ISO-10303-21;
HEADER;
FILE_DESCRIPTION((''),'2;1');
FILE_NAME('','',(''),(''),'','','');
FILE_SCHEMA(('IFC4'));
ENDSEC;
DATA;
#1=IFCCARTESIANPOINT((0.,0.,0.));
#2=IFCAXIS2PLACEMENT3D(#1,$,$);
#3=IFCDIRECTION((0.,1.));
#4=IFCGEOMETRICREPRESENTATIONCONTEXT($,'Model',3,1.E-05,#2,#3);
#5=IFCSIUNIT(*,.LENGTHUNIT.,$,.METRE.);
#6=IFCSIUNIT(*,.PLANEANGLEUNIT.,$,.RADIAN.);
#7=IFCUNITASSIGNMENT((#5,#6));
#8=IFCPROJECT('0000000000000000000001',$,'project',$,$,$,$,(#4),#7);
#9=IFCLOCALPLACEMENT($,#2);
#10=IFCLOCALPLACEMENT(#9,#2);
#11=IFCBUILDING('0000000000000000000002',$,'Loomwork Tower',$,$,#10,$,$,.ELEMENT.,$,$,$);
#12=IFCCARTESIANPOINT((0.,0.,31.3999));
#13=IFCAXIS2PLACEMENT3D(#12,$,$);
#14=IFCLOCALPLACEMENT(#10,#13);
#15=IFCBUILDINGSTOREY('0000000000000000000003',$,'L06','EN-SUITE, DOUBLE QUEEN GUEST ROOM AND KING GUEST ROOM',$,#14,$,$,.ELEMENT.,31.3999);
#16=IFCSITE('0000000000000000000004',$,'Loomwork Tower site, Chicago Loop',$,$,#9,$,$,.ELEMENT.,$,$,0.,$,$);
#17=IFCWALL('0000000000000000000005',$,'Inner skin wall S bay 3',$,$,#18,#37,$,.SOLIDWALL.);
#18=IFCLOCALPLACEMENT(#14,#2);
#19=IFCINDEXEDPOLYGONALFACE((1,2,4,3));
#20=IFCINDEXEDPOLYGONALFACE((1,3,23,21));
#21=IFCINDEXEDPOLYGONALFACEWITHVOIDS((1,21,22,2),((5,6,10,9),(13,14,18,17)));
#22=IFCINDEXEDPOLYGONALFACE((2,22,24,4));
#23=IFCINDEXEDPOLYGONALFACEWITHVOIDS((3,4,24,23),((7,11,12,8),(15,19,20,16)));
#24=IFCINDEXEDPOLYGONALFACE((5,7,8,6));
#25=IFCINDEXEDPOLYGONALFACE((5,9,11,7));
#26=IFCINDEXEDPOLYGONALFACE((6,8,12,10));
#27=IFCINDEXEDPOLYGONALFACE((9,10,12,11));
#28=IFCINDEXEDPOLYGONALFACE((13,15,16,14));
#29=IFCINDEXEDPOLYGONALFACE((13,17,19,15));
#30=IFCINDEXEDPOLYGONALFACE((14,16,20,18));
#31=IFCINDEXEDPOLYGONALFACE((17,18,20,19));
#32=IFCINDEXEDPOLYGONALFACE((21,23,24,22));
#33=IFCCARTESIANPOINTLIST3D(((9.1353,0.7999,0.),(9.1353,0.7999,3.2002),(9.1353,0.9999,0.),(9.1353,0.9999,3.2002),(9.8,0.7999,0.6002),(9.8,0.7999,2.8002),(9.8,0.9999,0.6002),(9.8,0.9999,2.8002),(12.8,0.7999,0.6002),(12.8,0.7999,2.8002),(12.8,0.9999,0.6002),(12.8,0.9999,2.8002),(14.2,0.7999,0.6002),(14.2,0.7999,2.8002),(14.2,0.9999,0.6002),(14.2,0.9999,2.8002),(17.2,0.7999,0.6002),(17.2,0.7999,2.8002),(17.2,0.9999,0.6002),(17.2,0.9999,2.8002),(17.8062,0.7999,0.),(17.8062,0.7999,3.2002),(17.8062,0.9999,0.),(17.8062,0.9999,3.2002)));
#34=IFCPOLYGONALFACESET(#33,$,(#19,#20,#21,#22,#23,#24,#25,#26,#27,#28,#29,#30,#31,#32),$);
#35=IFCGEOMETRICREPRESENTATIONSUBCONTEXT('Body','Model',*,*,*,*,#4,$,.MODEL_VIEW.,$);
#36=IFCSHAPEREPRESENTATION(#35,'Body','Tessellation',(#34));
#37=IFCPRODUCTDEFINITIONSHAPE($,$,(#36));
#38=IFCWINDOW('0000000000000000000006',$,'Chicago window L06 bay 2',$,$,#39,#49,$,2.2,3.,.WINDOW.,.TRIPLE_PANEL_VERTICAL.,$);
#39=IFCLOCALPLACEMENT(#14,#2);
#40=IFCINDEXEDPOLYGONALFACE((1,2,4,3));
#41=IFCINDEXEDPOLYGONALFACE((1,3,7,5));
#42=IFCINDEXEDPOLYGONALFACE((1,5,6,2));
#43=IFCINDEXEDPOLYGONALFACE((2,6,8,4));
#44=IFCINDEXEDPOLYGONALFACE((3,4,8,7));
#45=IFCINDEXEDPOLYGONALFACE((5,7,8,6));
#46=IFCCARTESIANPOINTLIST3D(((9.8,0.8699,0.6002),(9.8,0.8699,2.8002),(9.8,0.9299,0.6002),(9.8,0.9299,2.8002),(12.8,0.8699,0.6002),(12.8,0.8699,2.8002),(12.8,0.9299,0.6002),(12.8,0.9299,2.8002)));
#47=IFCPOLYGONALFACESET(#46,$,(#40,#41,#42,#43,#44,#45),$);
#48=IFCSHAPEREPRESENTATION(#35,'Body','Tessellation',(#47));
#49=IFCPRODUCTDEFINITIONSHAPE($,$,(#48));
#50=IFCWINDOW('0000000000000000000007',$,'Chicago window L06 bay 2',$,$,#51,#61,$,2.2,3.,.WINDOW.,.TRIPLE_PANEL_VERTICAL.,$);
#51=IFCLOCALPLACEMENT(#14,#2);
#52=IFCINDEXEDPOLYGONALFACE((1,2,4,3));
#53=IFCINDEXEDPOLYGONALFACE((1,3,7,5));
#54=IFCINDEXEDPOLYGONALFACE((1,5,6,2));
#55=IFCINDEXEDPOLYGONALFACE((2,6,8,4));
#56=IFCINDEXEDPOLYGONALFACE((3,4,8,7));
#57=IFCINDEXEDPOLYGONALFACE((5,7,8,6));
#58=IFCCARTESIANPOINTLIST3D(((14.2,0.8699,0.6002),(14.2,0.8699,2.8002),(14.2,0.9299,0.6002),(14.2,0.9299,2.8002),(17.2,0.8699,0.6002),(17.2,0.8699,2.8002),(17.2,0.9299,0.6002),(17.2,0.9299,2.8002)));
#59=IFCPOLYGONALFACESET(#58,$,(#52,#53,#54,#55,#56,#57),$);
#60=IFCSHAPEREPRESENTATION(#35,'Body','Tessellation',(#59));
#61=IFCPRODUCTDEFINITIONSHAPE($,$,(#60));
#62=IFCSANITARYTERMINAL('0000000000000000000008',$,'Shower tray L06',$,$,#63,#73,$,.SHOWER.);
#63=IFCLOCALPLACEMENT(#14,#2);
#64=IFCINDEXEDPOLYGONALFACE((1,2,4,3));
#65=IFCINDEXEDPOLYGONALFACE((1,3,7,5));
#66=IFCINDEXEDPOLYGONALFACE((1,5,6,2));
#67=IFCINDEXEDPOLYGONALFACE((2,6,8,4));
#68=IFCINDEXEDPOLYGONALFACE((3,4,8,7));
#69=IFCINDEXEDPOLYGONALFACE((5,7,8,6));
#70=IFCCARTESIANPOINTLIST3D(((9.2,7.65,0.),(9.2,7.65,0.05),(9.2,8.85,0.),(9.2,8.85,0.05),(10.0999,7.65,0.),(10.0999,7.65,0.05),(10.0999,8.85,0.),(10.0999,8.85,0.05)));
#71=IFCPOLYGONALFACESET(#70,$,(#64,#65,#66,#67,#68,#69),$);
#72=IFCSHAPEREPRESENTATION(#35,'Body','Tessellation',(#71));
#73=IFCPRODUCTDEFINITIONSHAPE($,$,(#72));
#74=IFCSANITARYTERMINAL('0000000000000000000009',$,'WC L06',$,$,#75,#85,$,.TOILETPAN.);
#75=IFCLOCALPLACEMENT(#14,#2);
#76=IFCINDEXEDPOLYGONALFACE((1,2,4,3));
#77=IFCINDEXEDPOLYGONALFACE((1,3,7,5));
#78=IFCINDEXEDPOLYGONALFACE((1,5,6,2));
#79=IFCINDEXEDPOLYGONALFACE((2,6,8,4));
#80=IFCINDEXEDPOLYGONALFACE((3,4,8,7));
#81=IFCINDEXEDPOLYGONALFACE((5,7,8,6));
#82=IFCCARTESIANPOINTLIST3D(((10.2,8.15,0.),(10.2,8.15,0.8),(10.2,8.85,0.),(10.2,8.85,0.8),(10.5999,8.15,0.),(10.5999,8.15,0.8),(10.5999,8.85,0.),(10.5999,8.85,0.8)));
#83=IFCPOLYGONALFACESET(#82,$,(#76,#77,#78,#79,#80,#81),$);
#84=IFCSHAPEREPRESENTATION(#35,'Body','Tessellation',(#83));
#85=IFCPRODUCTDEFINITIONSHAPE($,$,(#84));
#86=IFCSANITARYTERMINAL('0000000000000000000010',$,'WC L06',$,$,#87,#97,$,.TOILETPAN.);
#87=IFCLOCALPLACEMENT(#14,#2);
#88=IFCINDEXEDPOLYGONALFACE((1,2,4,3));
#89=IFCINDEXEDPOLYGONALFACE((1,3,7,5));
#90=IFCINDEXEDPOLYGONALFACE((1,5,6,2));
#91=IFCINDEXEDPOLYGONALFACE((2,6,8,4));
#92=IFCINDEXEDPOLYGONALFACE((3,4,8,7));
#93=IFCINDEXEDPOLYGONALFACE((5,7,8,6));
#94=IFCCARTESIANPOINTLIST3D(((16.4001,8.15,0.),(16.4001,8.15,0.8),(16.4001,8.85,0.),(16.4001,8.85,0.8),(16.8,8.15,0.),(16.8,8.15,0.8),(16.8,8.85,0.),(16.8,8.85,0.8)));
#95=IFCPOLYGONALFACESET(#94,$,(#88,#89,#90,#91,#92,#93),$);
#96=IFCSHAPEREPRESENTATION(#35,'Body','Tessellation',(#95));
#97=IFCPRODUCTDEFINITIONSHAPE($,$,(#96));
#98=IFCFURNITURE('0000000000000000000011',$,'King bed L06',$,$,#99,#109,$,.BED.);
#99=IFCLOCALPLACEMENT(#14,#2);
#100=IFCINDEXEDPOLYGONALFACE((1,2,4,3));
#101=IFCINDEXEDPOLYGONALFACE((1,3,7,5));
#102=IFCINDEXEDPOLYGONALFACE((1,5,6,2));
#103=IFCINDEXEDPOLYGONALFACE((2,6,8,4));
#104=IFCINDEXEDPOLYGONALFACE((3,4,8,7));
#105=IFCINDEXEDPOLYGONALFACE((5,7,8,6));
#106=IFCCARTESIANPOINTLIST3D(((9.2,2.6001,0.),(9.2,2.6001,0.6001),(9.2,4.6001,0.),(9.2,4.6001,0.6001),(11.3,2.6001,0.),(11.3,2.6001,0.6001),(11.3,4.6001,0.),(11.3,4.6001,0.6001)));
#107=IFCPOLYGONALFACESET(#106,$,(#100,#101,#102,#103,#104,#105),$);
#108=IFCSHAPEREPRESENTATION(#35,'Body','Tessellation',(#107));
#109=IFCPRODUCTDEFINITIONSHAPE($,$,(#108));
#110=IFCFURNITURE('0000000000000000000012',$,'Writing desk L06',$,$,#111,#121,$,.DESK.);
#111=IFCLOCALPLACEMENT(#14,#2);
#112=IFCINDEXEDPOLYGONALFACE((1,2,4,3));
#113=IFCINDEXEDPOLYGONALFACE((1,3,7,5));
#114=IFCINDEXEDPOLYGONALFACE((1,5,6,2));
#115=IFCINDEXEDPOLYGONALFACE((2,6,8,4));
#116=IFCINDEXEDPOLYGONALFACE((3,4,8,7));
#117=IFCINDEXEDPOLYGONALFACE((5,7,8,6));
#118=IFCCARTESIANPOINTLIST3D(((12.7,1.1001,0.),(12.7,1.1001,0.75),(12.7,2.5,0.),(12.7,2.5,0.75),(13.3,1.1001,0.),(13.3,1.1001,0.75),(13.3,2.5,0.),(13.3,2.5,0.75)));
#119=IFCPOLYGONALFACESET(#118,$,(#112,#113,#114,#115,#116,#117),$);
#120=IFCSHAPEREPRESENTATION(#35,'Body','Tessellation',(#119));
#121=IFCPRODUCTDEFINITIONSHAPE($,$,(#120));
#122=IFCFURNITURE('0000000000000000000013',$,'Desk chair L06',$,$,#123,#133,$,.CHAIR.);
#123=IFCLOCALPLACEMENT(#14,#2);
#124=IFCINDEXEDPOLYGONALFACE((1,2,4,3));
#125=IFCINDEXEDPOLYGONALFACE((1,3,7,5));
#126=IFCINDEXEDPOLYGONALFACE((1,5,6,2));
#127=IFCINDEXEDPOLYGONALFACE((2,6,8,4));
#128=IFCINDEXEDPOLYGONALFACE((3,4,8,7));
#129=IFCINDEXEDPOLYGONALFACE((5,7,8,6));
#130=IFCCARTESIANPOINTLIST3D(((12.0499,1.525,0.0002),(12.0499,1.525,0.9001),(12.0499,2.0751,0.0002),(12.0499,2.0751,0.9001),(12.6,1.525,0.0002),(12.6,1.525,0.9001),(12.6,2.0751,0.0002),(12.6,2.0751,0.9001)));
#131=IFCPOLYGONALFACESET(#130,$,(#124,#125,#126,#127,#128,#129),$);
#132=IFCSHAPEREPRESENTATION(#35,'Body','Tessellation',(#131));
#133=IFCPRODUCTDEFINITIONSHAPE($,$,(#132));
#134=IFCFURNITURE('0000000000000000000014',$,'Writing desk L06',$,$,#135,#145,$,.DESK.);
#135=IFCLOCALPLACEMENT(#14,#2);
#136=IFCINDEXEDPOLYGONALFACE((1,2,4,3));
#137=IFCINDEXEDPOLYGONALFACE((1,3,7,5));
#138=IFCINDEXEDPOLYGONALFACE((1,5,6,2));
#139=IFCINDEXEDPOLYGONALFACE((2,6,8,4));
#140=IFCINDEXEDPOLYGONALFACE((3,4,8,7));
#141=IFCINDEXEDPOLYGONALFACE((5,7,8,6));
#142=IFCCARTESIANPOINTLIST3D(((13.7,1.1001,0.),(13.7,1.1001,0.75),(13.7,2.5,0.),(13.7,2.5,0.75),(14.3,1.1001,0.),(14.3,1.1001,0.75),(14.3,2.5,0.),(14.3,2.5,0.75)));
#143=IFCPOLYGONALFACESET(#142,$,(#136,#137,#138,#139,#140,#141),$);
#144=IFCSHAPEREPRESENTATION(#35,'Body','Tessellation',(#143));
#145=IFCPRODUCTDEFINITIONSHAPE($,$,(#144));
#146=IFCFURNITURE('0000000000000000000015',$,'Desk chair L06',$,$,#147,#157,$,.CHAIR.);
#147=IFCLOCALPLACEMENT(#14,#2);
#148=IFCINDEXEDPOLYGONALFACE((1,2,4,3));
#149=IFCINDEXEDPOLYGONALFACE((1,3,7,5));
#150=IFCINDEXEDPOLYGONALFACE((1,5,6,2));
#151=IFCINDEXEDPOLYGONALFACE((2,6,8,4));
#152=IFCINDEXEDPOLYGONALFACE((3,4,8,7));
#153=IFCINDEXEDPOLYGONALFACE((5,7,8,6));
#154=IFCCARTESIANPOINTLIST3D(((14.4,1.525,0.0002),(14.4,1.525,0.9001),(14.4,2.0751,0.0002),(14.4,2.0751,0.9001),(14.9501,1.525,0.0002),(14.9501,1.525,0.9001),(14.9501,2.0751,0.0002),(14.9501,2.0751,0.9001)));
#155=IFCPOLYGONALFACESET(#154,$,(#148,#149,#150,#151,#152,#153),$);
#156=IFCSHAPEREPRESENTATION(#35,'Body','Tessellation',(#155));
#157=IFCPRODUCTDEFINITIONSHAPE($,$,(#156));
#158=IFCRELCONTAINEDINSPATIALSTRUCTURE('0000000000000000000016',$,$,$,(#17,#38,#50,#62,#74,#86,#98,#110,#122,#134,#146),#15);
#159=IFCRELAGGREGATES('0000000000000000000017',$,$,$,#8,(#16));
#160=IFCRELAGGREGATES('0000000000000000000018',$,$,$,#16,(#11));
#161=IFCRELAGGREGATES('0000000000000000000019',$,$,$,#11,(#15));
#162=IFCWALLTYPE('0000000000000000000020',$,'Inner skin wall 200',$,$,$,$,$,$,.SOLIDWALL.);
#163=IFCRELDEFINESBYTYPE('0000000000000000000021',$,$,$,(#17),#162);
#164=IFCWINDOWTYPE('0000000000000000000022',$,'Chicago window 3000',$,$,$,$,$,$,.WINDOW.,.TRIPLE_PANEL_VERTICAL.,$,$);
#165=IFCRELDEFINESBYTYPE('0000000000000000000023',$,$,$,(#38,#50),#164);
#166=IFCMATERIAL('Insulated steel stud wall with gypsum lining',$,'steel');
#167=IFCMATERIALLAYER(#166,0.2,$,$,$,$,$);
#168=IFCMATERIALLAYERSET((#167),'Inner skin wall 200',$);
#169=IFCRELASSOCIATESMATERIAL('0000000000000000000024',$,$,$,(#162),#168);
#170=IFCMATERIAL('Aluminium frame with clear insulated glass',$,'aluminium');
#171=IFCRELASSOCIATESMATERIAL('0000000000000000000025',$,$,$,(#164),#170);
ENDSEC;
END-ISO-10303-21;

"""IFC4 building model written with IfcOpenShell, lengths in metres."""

from ifc_helpers import new_model, si_unit, direction, frame, frame_2d, origin, origin_2d, place, context, subcontext, project, spatial, rectangle, extrude, material, layer, layer_set, type_object, element, fill, save


model = new_model("IFC4")

# Units and contexts
model_context = context("Model", 3, precision=1e-05, world=origin(), true_north=direction((0.0, 1.0)))
body_context = subcontext(model_context, "Body", "Model", "MODEL_VIEW")
ifc_project = project(units=[si_unit("LENGTHUNIT", "METRE"), si_unit("PLANEANGLEUNIT", "RADIAN")], contexts=[model_context])

# Site, building, storey
site_placement = place(None, origin())
site = spatial("IfcSite", under=ifc_project, at=site_placement, Name="Loomwork Tower site, Chicago Loop", CompositionType="ELEMENT", RefElevation=0.0)
building_placement = place(site_placement, origin())
building = spatial("IfcBuilding", under=site, at=building_placement, Name="Loomwork Tower", CompositionType="ELEMENT")
storey_placement = place(building_placement, frame((0.0, 0.0, 31.3999)))
storey = spatial("IfcBuildingStorey", under=building, at=storey_placement, Name="L06", Description="EN-SUITE, DOUBLE QUEEN GUEST ROOM AND KING GUEST ROOM", CompositionType="ELEMENT", Elevation=31.3999)

# Wall, openings, windows
ifc_material_1 = material(Name="Insulated steel stud wall with gypsum lining", Category="steel")
ifc_layer_1 = layer(ifc_material_1, 0.2)
ifc_layer_set_1 = layer_set([ifc_layer_1], Name="Inner skin wall 200")
wall_type_1 = type_object("IfcWallType", Name="Inner skin wall 200", PredefinedType="SOLIDWALL", material=ifc_layer_set_1)
wall_1_placement = place(storey_placement, frame((9.1353, 0.8999, 0.0), z_axis=(0.0, 0.0, 1.0), x_axis=(1.0, 0.0, 0.0)))
wall_1 = element("IfcWall", 1, at=wall_1_placement, inside=storey, type_object=wall_type_1, Name="Inner skin wall S bay 3", PredefinedType="SOLIDWALL", context=body_context, shape_type="SweptSolid", body=[
    extrude(rectangle(XDim=8.6709, YDim=0.2, at=frame_2d((4.3354, 0.0))), origin(), (0.0, 0.0, 1.0), 3.2002),
])
opening_1_placement = place(wall_1_placement, frame((0.6648, 0.0, 0.6001)))
opening_1 = element("IfcOpeningElement", 2, at=opening_1_placement, cuts=wall_1, PredefinedType="OPENING", context=body_context, shape_type="SweptSolid", body=[
    extrude(rectangle(XDim=3.0, YDim=2.2, at=frame_2d((1.5, 1.1001))), frame((0.0, 0.1099, 0.0), z_axis=(0.0, -1.0, 0.0), x_axis=(1.0, 0.0, 0.0)), (0.0, 0.0, 1.0), 0.22),
])
opening_2_placement = place(wall_1_placement, frame((5.0647, 0.0, 0.6001)))
opening_2 = element("IfcOpeningElement", 3, at=opening_2_placement, cuts=wall_1, PredefinedType="OPENING", context=body_context, shape_type="SweptSolid", body=[
    extrude(rectangle(XDim=3.0, YDim=2.2, at=frame_2d((1.5, 1.1001))), frame((0.0, 0.1099, 0.0), z_axis=(0.0, -1.0, 0.0), x_axis=(1.0, 0.0, 0.0)), (0.0, 0.0, 1.0), 0.22),
])
ifc_material_2 = material(Name="Aluminium frame with clear insulated glass", Category="aluminium")
window_type = type_object("IfcWindowType", Name="Chicago window 3000", PartitioningType="TRIPLE_PANEL_VERTICAL", PredefinedType="WINDOW", material=ifc_material_2)
window_1_placement = place(opening_1_placement, origin())
window_1 = element("IfcWindow", 4, at=window_1_placement, inside=storey, type_object=window_type, Name="Chicago window L06 bay 2", OverallHeight=2.2, OverallWidth=3.0, PartitioningType="TRIPLE_PANEL_VERTICAL", PredefinedType="WINDOW", context=body_context, shape_type="SweptSolid", body=[
    extrude(rectangle(XDim=3.0, YDim=2.2, at=frame_2d((1.5, 1.1001))), frame((0.0, 0.03, 0.0), z_axis=(0.0, -1.0, 0.0), x_axis=(1.0, 0.0, 0.0)), (0.0, 0.0, 1.0), 0.0601),
])
fill(opening_1, window_1)
window_2_placement = place(opening_2_placement, origin())
window_2 = element("IfcWindow", 5, at=window_2_placement, inside=storey, type_object=window_type, Name="Chicago window L06 bay 2", OverallHeight=2.2, OverallWidth=3.0, PartitioningType="TRIPLE_PANEL_VERTICAL", PredefinedType="WINDOW", context=body_context, shape_type="SweptSolid", body=[
    extrude(rectangle(XDim=3.0, YDim=2.2, at=frame_2d((1.5, 1.1001))), frame((0.0, 0.03, 0.0), z_axis=(0.0, -1.0, 0.0), x_axis=(1.0, 0.0, 0.0)), (0.0, 0.0, 1.0), 0.0601),
])
fill(opening_2, window_2)

# Sanitary terminals
sanitary_terminal_placement = place(storey_placement, frame((9.6499, 8.25, 0.0), z_axis=(0.0, 0.0, 1.0), x_axis=(1.0, 0.0, 0.0)))
element("IfcSanitaryTerminal", 6, at=sanitary_terminal_placement, inside=storey, Name="Shower tray L06", PredefinedType="SHOWER", context=body_context, shape_type="SweptSolid", body=[
    extrude(rectangle(XDim=0.8999, YDim=1.2, at=origin_2d()), origin(), (0.0, 0.0, 1.0), 0.05),
])
for number, where, z_axis, x_axis, name in (
    (7, (10.3999, 8.5, 0.0), (0.0, 0.0, 1.0), (1.0, 0.0, 0.0), "WC L06"),
    (8, (16.6001, 8.5, 0.0), (0.0, 0.0, 1.0), (1.0, 0.0, 0.0), "WC L06"),
):
    element("IfcSanitaryTerminal", number, at=place(storey_placement, frame(where, z_axis=z_axis, x_axis=x_axis)), inside=storey, Name=name, PredefinedType="TOILETPAN", context=body_context, shape_type="SweptSolid", body=[
        extrude(rectangle(XDim=0.3999, YDim=0.7, at=origin_2d()), origin(), (0.0, 0.0, 1.0), 0.8),
    ])

# Furniture
furniture_1_placement = place(storey_placement, frame((10.25, 3.6001, 0.0), z_axis=(0.0, 0.0, 1.0), x_axis=(1.0, 0.0, 0.0)))
element("IfcFurniture", 9, at=furniture_1_placement, inside=storey, Name="King bed L06", PredefinedType="BED", context=body_context, shape_type="SweptSolid", body=[
    extrude(rectangle(XDim=2.1001, YDim=2.0, at=origin_2d()), origin(), (0.0, 0.0, 1.0), 0.6001),
])
furniture_2_placement = place(storey_placement, frame((13.0, 1.8, 0.0), z_axis=(0.0, 0.0, 1.0), x_axis=(1.0, 0.0, 0.0)))
element("IfcFurniture", 10, at=furniture_2_placement, inside=storey, Name="Writing desk L06", PredefinedType="DESK", context=body_context, shape_type="SweptSolid", body=[
    extrude(rectangle(XDim=0.6001, YDim=1.3999, at=origin_2d()), origin(), (0.0, 0.0, 1.0), 0.75),
])
furniture_3_placement = place(storey_placement, frame((12.325, 1.8, 0.0002), z_axis=(0.0, 0.0, 1.0), x_axis=(1.0, 0.0, 0.0)))
element("IfcFurniture", 11, at=furniture_3_placement, inside=storey, Name="Desk chair L06", PredefinedType="CHAIR", context=body_context, shape_type="SweptSolid", body=[
    extrude(rectangle(XDim=0.55, YDim=0.55, at=origin_2d()), origin(), (0.0, 0.0, 1.0), 0.8999),
])
furniture_4_placement = place(storey_placement, frame((14.0, 1.8, 0.0), z_axis=(0.0, 0.0, 1.0), x_axis=(1.0, 0.0, 0.0)))
element("IfcFurniture", 12, at=furniture_4_placement, inside=storey, Name="Writing desk L06", PredefinedType="DESK", context=body_context, shape_type="SweptSolid", body=[
    extrude(rectangle(XDim=0.6001, YDim=1.3999, at=origin_2d()), origin(), (0.0, 0.0, 1.0), 0.75),
])
furniture_5_placement = place(storey_placement, frame((14.675, 1.8, 0.0002), z_axis=(0.0, 0.0, 1.0), x_axis=(1.0, 0.0, 0.0)))
element("IfcFurniture", 13, at=furniture_5_placement, inside=storey, Name="Desk chair L06", PredefinedType="CHAIR", context=body_context, shape_type="SweptSolid", body=[
    extrude(rectangle(XDim=0.55, YDim=0.55, at=origin_2d()), origin(), (0.0, 0.0, 1.0), 0.8999),
])

save(model, "model.ifc")
